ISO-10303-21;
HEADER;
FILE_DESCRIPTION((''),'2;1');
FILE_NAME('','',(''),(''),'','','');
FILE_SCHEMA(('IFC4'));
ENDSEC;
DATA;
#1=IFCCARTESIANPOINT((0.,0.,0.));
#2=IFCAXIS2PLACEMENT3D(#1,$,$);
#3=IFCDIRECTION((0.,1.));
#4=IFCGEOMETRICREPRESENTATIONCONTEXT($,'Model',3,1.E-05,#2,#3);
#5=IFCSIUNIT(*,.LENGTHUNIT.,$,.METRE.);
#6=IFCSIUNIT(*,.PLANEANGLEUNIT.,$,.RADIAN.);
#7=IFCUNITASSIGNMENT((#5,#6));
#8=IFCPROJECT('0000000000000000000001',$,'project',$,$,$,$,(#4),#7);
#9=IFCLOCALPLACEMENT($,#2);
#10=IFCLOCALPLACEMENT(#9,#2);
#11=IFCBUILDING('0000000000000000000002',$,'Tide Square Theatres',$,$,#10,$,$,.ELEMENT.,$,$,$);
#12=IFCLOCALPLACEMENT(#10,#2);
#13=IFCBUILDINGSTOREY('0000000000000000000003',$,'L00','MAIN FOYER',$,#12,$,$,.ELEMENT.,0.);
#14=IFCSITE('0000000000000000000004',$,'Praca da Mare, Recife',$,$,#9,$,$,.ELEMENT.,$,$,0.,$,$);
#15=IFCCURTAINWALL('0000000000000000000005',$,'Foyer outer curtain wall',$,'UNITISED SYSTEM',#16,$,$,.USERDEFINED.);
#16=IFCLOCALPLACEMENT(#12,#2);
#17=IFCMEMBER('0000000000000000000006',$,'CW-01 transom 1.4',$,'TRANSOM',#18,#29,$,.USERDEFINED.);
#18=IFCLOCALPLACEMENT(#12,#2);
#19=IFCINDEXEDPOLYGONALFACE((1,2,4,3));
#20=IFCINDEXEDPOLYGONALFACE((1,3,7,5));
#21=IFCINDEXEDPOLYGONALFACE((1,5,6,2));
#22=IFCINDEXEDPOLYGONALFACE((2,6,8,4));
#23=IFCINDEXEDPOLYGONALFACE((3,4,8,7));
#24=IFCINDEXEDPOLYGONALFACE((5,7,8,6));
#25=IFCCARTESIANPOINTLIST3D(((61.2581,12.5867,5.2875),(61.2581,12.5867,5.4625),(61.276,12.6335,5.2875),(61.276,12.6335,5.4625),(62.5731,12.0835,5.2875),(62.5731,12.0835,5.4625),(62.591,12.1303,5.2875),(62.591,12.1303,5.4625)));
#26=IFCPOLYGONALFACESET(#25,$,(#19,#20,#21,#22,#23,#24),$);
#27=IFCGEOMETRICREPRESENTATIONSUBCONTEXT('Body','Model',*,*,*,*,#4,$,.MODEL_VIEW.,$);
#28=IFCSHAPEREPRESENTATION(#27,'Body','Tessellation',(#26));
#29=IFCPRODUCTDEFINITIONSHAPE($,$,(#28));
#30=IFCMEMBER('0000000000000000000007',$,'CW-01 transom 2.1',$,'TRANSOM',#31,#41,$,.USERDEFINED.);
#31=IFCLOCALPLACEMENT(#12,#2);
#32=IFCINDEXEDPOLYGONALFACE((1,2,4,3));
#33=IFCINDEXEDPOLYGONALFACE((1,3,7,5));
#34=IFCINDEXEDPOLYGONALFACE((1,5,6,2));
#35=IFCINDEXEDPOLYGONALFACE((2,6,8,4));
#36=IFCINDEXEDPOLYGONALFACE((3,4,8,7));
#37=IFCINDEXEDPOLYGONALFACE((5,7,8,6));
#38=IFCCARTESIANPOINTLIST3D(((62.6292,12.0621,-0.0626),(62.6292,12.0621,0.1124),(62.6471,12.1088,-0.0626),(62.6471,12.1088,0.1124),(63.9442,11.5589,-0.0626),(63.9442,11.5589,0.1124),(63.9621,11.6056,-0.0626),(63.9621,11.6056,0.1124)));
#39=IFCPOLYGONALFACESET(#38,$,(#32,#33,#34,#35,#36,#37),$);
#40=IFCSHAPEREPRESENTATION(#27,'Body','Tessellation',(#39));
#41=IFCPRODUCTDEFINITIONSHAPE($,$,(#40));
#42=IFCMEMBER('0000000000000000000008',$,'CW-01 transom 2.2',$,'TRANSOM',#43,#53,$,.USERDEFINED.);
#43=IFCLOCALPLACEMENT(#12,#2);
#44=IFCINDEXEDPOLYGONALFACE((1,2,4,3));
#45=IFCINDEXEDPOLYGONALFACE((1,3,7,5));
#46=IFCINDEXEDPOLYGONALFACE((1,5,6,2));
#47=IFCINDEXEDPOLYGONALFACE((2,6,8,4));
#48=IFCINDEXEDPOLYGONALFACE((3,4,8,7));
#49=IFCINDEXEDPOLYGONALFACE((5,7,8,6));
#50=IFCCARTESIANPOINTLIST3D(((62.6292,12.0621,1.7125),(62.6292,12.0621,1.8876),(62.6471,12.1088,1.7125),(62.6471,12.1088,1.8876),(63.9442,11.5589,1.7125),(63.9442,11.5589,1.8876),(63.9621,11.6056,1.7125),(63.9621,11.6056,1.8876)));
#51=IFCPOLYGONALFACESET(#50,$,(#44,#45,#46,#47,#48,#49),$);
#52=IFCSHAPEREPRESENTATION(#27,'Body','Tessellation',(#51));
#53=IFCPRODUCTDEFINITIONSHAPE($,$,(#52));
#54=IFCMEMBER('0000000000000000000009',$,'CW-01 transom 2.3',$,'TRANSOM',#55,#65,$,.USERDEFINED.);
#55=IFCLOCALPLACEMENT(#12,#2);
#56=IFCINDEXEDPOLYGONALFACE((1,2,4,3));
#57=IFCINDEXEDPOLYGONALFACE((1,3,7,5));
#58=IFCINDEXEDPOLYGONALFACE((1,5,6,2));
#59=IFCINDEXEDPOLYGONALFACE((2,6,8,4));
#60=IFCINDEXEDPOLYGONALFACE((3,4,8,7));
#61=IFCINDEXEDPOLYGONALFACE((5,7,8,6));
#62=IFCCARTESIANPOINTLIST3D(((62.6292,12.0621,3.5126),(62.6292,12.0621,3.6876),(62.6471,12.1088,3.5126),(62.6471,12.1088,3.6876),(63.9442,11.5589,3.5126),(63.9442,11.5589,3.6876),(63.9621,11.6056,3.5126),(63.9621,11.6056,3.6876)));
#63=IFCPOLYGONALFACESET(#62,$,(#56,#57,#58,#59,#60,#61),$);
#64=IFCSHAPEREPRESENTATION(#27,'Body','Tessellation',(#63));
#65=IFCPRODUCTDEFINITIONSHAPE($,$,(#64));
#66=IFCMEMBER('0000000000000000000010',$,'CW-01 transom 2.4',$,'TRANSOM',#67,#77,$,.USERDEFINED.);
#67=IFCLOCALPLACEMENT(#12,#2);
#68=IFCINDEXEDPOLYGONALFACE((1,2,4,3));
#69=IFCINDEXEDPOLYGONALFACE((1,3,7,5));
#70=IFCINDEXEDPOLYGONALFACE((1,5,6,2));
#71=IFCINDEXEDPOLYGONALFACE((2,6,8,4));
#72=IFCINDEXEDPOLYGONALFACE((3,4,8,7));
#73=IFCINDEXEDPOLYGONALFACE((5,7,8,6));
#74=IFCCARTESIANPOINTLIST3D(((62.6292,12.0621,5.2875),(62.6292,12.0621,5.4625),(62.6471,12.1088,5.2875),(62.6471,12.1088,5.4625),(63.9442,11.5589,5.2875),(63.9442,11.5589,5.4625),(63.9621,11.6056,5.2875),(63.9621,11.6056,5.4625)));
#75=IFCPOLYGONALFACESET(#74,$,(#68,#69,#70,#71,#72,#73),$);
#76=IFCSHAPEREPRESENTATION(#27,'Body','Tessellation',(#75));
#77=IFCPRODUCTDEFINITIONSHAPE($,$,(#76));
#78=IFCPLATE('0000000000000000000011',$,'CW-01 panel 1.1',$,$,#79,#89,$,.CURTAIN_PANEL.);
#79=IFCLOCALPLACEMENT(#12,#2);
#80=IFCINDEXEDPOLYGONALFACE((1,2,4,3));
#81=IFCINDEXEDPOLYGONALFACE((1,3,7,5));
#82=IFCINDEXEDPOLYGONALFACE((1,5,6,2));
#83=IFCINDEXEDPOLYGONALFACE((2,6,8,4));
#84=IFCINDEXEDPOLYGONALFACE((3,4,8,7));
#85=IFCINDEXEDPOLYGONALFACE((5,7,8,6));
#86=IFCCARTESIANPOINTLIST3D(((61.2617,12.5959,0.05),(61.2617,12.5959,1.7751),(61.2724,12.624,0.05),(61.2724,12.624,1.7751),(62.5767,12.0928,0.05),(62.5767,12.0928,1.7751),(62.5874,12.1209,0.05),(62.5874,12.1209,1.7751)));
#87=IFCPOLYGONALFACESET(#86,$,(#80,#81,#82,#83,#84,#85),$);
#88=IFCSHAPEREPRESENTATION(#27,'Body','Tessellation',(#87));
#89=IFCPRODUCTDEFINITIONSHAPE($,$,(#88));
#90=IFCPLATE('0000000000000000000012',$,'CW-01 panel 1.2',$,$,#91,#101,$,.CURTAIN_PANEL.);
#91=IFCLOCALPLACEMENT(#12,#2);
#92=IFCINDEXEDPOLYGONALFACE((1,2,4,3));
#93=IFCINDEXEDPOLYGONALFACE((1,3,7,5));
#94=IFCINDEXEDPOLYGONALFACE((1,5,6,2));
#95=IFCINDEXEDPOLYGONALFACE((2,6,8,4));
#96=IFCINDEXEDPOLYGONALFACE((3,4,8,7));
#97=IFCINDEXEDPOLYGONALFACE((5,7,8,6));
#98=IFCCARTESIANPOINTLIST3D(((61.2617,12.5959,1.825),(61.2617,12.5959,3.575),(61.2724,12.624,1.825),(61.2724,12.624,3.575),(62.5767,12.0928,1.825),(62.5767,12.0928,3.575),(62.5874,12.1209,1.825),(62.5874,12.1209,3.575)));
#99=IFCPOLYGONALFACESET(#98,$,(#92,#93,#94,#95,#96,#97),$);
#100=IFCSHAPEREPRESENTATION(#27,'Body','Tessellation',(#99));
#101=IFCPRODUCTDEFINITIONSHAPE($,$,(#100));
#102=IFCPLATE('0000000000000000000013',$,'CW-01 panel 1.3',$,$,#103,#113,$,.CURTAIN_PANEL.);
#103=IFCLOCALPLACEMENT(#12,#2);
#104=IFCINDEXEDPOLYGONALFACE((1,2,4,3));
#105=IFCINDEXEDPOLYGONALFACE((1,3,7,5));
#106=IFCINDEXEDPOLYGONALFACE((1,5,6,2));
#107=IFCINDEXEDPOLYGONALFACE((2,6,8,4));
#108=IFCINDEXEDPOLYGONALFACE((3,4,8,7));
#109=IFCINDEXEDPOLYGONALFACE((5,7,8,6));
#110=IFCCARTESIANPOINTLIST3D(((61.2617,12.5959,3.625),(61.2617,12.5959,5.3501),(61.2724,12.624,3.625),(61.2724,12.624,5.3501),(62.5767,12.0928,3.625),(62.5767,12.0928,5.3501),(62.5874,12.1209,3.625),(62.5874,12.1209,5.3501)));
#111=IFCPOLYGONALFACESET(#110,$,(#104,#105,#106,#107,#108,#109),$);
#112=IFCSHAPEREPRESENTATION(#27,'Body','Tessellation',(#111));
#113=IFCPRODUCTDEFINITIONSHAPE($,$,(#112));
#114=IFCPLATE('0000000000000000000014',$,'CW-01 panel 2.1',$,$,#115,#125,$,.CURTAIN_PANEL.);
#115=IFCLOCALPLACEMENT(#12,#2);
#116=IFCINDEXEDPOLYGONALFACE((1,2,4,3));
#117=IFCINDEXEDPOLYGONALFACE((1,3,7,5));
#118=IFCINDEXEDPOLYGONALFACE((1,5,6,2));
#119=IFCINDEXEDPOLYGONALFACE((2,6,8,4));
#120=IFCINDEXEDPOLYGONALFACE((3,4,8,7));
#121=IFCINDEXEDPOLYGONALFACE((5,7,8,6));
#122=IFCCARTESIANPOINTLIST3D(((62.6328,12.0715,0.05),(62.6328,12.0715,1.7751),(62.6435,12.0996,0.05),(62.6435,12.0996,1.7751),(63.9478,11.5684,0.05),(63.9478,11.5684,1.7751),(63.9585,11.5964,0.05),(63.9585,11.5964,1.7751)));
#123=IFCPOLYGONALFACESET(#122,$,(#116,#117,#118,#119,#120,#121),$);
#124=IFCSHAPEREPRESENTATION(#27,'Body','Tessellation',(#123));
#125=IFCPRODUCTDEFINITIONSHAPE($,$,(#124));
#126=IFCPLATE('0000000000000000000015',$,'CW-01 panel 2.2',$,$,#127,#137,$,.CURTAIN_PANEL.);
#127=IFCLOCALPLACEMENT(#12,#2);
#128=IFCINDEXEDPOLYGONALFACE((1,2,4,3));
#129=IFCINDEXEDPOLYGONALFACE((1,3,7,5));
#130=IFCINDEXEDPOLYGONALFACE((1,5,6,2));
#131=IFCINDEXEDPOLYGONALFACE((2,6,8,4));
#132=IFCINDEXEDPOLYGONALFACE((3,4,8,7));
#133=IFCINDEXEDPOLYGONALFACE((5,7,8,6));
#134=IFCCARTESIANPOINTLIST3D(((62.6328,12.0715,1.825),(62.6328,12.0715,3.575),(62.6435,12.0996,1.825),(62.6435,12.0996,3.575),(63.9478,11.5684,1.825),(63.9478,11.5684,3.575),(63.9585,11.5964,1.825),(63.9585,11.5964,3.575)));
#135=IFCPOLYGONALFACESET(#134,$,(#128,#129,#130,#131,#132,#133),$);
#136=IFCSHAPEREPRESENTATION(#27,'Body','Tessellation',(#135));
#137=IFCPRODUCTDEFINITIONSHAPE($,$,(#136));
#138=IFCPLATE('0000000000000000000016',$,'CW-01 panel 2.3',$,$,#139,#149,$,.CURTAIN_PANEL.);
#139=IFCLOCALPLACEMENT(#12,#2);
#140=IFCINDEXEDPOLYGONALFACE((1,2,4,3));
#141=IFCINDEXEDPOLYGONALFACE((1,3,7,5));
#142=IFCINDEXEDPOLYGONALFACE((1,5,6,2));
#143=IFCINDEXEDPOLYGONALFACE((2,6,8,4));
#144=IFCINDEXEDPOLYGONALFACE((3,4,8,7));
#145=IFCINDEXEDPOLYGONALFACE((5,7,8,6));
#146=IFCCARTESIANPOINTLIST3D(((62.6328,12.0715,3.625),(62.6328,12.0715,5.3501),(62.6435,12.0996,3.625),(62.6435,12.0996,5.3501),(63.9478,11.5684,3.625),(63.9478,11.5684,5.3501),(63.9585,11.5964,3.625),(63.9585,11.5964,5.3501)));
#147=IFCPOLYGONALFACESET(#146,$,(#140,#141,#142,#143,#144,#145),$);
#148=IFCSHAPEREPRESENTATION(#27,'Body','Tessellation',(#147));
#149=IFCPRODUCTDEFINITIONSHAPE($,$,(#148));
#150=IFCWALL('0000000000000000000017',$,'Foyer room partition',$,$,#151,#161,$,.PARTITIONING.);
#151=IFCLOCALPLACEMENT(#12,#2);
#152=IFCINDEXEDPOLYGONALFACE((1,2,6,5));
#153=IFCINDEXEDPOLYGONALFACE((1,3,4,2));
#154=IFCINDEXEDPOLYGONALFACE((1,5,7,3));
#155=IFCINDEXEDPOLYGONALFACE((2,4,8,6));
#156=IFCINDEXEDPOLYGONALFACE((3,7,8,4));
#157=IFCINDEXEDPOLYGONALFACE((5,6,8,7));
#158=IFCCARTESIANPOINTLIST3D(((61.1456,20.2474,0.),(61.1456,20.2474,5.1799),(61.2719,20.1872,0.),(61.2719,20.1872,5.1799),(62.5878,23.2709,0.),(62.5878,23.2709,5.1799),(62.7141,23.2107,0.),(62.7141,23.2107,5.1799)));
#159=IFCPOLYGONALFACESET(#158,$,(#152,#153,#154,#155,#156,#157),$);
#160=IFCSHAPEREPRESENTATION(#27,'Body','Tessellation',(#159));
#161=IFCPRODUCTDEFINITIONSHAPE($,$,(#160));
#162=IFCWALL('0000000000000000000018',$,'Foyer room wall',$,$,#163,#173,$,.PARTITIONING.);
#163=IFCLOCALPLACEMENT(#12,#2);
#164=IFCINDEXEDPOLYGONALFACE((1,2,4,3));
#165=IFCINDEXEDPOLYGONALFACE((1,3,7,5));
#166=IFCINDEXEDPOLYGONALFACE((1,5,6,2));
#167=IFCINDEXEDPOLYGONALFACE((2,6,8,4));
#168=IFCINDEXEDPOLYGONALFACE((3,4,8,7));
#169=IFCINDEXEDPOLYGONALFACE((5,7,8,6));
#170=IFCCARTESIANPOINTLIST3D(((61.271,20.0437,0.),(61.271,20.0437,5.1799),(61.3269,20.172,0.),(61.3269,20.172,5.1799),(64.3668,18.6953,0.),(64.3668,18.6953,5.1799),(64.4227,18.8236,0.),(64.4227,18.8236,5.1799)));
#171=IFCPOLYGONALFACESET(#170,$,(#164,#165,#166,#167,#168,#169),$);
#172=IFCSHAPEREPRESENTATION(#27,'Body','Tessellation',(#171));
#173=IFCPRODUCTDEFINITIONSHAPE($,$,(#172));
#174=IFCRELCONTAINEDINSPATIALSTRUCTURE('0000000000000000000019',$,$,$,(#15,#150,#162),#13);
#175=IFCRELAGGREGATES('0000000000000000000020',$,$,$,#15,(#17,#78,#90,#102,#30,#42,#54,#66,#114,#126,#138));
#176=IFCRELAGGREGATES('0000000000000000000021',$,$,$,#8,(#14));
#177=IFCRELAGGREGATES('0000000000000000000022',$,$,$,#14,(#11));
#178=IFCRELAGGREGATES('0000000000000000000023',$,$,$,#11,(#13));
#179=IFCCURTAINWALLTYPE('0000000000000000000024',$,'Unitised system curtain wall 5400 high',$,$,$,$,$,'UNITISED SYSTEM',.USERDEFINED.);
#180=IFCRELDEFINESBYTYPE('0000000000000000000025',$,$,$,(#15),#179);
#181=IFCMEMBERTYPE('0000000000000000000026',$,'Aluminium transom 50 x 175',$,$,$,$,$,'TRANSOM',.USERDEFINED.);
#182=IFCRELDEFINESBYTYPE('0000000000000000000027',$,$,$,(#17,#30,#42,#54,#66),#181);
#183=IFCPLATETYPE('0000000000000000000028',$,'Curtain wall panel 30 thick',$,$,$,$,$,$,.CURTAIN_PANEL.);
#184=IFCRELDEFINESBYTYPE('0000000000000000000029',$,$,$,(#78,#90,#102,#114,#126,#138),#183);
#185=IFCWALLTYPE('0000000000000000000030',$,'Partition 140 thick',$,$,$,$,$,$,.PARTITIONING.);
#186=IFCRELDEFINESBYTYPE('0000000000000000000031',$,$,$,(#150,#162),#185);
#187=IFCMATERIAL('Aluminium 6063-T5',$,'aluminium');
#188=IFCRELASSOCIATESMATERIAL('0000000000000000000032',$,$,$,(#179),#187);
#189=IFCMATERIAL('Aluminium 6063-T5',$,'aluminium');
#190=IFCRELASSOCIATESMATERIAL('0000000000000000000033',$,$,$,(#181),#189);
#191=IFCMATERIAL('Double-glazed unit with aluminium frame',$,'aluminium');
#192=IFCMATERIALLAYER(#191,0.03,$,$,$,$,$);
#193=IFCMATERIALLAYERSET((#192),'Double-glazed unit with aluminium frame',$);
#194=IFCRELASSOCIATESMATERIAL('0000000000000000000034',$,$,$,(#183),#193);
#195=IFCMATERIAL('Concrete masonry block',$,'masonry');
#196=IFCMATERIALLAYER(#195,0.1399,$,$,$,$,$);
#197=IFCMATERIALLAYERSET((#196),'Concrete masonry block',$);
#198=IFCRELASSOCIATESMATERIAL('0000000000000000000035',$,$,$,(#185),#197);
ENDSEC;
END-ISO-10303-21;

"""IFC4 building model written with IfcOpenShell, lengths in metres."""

from ifc_helpers import new_model, si_unit, direction, frame, frame_2d, origin, origin_2d, place, context, subcontext, project, spatial, rectangle, extrude, material, layer, layer_set, material_profile, profile_set, type_object, element, aggregate, save


model = new_model("IFC4")

# Units and contexts
model_context = context("Model", 3, precision=1e-05, world=origin(), true_north=direction((0.0, 1.0)))
body_context = subcontext(model_context, "Body", "Model", "MODEL_VIEW")
ifc_project = project(units=[si_unit("LENGTHUNIT", "METRE"), si_unit("PLANEANGLEUNIT", "RADIAN")], contexts=[model_context])

# Site, building, storey
site_placement = place(None, origin())
site = spatial("IfcSite", under=ifc_project, at=site_placement, Name="Praca da Mare, Recife", CompositionType="ELEMENT", RefElevation=0.0)
building_placement = place(site_placement, origin())
building = spatial("IfcBuilding", under=site, at=building_placement, Name="Tide Square Theatres", CompositionType="ELEMENT")
storey_placement = place(building_placement, origin())
storey = spatial("IfcBuildingStorey", under=building, at=storey_placement, Name="L00", Description="MAIN FOYER", CompositionType="ELEMENT", Elevation=0.0)

# Curtain wall, members, plates
ifc_material_1 = material(Name="Aluminium 6063-T5", Category="aluminium")
curtain_wall_type = type_object("IfcCurtainWallType", Name="Unitised system curtain wall 5400 high", ElementType="UNITISED SYSTEM", PredefinedType="USERDEFINED", material=ifc_material_1)
curtain_wall_placement = place(storey_placement, origin())
curtain_wall = element("IfcCurtainWall", 1, at=curtain_wall_placement, inside=storey, type_object=curtain_wall_type, Name="Foyer outer curtain wall", ObjectType="UNITISED SYSTEM", PredefinedType="USERDEFINED")
ifc_material_2 = material(Name="Aluminium 6063-T5", Category="aluminium")
ifc_material_profile_1 = material_profile(ifc_material_2, rectangle(XDim=0.05, YDim=0.175, at=origin_2d()))
ifc_profile_set_1 = profile_set([ifc_material_profile_1], Name="Aluminium 6063-T5")
member_type_1 = type_object("IfcMemberType", Name="Aluminium transom 50 x 175", ElementType="TRANSOM", PredefinedType="USERDEFINED", material=ifc_profile_set_1)
member_1_placement = place(storey_placement, frame((61.2671, 12.6101, 5.375), z_axis=(0.933957, -0.357387, 0.0), x_axis=(0.357387, 0.933957, 0.0)))
member_1 = element("IfcMember", 2, at=member_1_placement, type_object=member_type_1, Name="CW-01 transom 1.4", ObjectType="TRANSOM", PredefinedType="USERDEFINED", context=body_context, shape_type="SweptSolid", body=[
    extrude(rectangle(XDim=0.05, YDim=0.175, at=origin_2d()), origin(), (0.0, 0.0, 1.0), 1.408),
])
member_2_placement = place(storey_placement, frame((62.6382, 12.0854, 0.0249), z_axis=(0.933957, -0.357387, 0.0), x_axis=(0.357387, 0.933957, 0.0)))
member_2 = element("IfcMember", 3, at=member_2_placement, type_object=member_type_1, Name="CW-01 transom 2.1", ObjectType="TRANSOM", PredefinedType="USERDEFINED", context=body_context, shape_type="SweptSolid", body=[
    extrude(rectangle(XDim=0.05, YDim=0.175, at=origin_2d()), origin(), (0.0, 0.0, 1.0), 1.408),
])
member_3_placement = place(storey_placement, frame((62.6382, 12.0854, 1.8), z_axis=(0.933957, -0.357387, 0.0), x_axis=(0.357387, 0.933957, 0.0)))
member_3 = element("IfcMember", 4, at=member_3_placement, type_object=member_type_1, Name="CW-01 transom 2.2", ObjectType="TRANSOM", PredefinedType="USERDEFINED", context=body_context, shape_type="SweptSolid", body=[
    extrude(rectangle(XDim=0.05, YDim=0.175, at=origin_2d()), origin(), (0.0, 0.0, 1.0), 1.408),
])
member_4_placement = place(storey_placement, frame((62.6382, 12.0854, 3.6001), z_axis=(0.933957, -0.357387, 0.0), x_axis=(0.357387, 0.933957, 0.0)))
member_4 = element("IfcMember", 5, at=member_4_placement, type_object=member_type_1, Name="CW-01 transom 2.3", ObjectType="TRANSOM", PredefinedType="USERDEFINED", context=body_context, shape_type="SweptSolid", body=[
    extrude(rectangle(XDim=0.05, YDim=0.175, at=origin_2d()), origin(), (0.0, 0.0, 1.0), 1.408),
])
member_5_placement = place(storey_placement, frame((62.6382, 12.0854, 5.375), z_axis=(0.933957, -0.357387, 0.0), x_axis=(0.357387, 0.933957, 0.0)))
member_5 = element("IfcMember", 6, at=member_5_placement, type_object=member_type_1, Name="CW-01 transom 2.4", ObjectType="TRANSOM", PredefinedType="USERDEFINED", context=body_context, shape_type="SweptSolid", body=[
    extrude(rectangle(XDim=0.05, YDim=0.175, at=origin_2d()), origin(), (0.0, 0.0, 1.0), 1.408),
])
ifc_material_3 = material(Name="Double-glazed unit with aluminium frame", Category="aluminium")
ifc_layer_1 = layer(ifc_material_3, 0.03)
ifc_layer_set_1 = layer_set([ifc_layer_1], Name="Double-glazed unit with aluminium frame")
plate_type = type_object("IfcPlateType", Name="Curtain wall panel 30 thick", PredefinedType="CURTAIN_PANEL", material=ifc_layer_set_1)
plate_1_placement = place(storey_placement, frame((61.9246, 12.3584, 0.05), z_axis=(0.0, 0.0, 1.0), x_axis=(0.93397, -0.357352, 0.0)))
plate_1 = element("IfcPlate", 7, at=plate_1_placement, type_object=plate_type, Name="CW-01 panel 1.1", PredefinedType="CURTAIN_PANEL", context=body_context, shape_type="SweptSolid", body=[
    extrude(rectangle(XDim=1.408, YDim=0.03, at=origin_2d()), origin(), (0.0, 0.0, 1.0), 1.7251),
])
plate_2_placement = place(storey_placement, frame((61.9246, 12.3584, 1.825), z_axis=(0.0, 0.0, 1.0), x_axis=(0.93397, -0.357352, 0.0)))
plate_2 = element("IfcPlate", 8, at=plate_2_placement, type_object=plate_type, Name="CW-01 panel 1.2", PredefinedType="CURTAIN_PANEL", context=body_context, shape_type="SweptSolid", body=[
    extrude(rectangle(XDim=1.408, YDim=0.03, at=origin_2d()), origin(), (0.0, 0.0, 1.0), 1.75),
])
plate_3_placement = place(storey_placement, frame((61.9246, 12.3584, 3.625), z_axis=(0.0, 0.0, 1.0), x_axis=(0.93397, -0.357352, 0.0)))
plate_3 = element("IfcPlate", 9, at=plate_3_placement, type_object=plate_type, Name="CW-01 panel 1.3", PredefinedType="CURTAIN_PANEL", context=body_context, shape_type="SweptSolid", body=[
    extrude(rectangle(XDim=1.408, YDim=0.03, at=origin_2d()), origin(), (0.0, 0.0, 1.0), 1.7251),
])
plate_4_placement = place(storey_placement, frame((63.2957, 11.834, 0.05), z_axis=(0.0, 0.0, 1.0), x_axis=(0.93397, -0.357352, 0.0)))
plate_4 = element("IfcPlate", 10, at=plate_4_placement, type_object=plate_type, Name="CW-01 panel 2.1", PredefinedType="CURTAIN_PANEL", context=body_context, shape_type="SweptSolid", body=[
    extrude(rectangle(XDim=1.408, YDim=0.03, at=origin_2d()), origin(), (0.0, 0.0, 1.0), 1.7251),
])
plate_5_placement = place(storey_placement, frame((63.2957, 11.834, 1.825), z_axis=(0.0, 0.0, 1.0), x_axis=(0.93397, -0.357352, 0.0)))
plate_5 = element("IfcPlate", 11, at=plate_5_placement, type_object=plate_type, Name="CW-01 panel 2.2", PredefinedType="CURTAIN_PANEL", context=body_context, shape_type="SweptSolid", body=[
    extrude(rectangle(XDim=1.408, YDim=0.03, at=origin_2d()), origin(), (0.0, 0.0, 1.0), 1.75),
])
plate_6_placement = place(storey_placement, frame((63.2957, 11.834, 3.625), z_axis=(0.0, 0.0, 1.0), x_axis=(0.93397, -0.357352, 0.0)))
plate_6 = element("IfcPlate", 12, at=plate_6_placement, type_object=plate_type, Name="CW-01 panel 2.3", PredefinedType="CURTAIN_PANEL", context=body_context, shape_type="SweptSolid", body=[
    extrude(rectangle(XDim=1.408, YDim=0.03, at=origin_2d()), origin(), (0.0, 0.0, 1.0), 1.7251),
])
aggregate(curtain_wall, [member_1, plate_1, plate_2, plate_3, member_2, member_3, member_4, member_5, plate_4, plate_5, plate_6])

# Walls
ifc_material_4 = material(Name="Concrete masonry block", Category="masonry")
ifc_layer_2 = layer(ifc_material_4, 0.1399)
ifc_layer_set_2 = layer_set([ifc_layer_2], Name="Concrete masonry block")
wall_type_1 = type_object("IfcWallType", Name="Partition 140 thick", PredefinedType="PARTITIONING", material=ifc_layer_set_2)
wall_1_placement = place(storey_placement, frame((62.6509, 23.2407, 0.0), z_axis=(0.0, 0.0, 1.0), x_axis=(-0.430519, -0.902581, 0.0)))
element("IfcWall", 13, at=wall_1_placement, inside=storey, type_object=wall_type_1, Name="Foyer room partition", PredefinedType="PARTITIONING", context=body_context, shape_type="SweptSolid", body=[
    extrude(rectangle(XDim=3.3499, YDim=0.1399, at=frame_2d((1.6748, 0.0))), origin(), (0.0, 0.0, 1.0), 5.1799),
])
wall_2_placement = place(storey_placement, frame((61.2988, 20.1079, 0.0), z_axis=(0.0, 0.0, 1.0), x_axis=(0.916807, -0.399331, 0.0)))
element("IfcWall", 14, at=wall_2_placement, inside=storey, type_object=wall_type_1, Name="Foyer room wall", PredefinedType="PARTITIONING", context=body_context, shape_type="SweptSolid", body=[
    extrude(rectangle(XDim=3.3767, YDim=0.1399, at=frame_2d((1.6885, 0.0))), origin(), (0.0, 0.0, 1.0), 5.1799),
])

save(model, "model.ifc")
